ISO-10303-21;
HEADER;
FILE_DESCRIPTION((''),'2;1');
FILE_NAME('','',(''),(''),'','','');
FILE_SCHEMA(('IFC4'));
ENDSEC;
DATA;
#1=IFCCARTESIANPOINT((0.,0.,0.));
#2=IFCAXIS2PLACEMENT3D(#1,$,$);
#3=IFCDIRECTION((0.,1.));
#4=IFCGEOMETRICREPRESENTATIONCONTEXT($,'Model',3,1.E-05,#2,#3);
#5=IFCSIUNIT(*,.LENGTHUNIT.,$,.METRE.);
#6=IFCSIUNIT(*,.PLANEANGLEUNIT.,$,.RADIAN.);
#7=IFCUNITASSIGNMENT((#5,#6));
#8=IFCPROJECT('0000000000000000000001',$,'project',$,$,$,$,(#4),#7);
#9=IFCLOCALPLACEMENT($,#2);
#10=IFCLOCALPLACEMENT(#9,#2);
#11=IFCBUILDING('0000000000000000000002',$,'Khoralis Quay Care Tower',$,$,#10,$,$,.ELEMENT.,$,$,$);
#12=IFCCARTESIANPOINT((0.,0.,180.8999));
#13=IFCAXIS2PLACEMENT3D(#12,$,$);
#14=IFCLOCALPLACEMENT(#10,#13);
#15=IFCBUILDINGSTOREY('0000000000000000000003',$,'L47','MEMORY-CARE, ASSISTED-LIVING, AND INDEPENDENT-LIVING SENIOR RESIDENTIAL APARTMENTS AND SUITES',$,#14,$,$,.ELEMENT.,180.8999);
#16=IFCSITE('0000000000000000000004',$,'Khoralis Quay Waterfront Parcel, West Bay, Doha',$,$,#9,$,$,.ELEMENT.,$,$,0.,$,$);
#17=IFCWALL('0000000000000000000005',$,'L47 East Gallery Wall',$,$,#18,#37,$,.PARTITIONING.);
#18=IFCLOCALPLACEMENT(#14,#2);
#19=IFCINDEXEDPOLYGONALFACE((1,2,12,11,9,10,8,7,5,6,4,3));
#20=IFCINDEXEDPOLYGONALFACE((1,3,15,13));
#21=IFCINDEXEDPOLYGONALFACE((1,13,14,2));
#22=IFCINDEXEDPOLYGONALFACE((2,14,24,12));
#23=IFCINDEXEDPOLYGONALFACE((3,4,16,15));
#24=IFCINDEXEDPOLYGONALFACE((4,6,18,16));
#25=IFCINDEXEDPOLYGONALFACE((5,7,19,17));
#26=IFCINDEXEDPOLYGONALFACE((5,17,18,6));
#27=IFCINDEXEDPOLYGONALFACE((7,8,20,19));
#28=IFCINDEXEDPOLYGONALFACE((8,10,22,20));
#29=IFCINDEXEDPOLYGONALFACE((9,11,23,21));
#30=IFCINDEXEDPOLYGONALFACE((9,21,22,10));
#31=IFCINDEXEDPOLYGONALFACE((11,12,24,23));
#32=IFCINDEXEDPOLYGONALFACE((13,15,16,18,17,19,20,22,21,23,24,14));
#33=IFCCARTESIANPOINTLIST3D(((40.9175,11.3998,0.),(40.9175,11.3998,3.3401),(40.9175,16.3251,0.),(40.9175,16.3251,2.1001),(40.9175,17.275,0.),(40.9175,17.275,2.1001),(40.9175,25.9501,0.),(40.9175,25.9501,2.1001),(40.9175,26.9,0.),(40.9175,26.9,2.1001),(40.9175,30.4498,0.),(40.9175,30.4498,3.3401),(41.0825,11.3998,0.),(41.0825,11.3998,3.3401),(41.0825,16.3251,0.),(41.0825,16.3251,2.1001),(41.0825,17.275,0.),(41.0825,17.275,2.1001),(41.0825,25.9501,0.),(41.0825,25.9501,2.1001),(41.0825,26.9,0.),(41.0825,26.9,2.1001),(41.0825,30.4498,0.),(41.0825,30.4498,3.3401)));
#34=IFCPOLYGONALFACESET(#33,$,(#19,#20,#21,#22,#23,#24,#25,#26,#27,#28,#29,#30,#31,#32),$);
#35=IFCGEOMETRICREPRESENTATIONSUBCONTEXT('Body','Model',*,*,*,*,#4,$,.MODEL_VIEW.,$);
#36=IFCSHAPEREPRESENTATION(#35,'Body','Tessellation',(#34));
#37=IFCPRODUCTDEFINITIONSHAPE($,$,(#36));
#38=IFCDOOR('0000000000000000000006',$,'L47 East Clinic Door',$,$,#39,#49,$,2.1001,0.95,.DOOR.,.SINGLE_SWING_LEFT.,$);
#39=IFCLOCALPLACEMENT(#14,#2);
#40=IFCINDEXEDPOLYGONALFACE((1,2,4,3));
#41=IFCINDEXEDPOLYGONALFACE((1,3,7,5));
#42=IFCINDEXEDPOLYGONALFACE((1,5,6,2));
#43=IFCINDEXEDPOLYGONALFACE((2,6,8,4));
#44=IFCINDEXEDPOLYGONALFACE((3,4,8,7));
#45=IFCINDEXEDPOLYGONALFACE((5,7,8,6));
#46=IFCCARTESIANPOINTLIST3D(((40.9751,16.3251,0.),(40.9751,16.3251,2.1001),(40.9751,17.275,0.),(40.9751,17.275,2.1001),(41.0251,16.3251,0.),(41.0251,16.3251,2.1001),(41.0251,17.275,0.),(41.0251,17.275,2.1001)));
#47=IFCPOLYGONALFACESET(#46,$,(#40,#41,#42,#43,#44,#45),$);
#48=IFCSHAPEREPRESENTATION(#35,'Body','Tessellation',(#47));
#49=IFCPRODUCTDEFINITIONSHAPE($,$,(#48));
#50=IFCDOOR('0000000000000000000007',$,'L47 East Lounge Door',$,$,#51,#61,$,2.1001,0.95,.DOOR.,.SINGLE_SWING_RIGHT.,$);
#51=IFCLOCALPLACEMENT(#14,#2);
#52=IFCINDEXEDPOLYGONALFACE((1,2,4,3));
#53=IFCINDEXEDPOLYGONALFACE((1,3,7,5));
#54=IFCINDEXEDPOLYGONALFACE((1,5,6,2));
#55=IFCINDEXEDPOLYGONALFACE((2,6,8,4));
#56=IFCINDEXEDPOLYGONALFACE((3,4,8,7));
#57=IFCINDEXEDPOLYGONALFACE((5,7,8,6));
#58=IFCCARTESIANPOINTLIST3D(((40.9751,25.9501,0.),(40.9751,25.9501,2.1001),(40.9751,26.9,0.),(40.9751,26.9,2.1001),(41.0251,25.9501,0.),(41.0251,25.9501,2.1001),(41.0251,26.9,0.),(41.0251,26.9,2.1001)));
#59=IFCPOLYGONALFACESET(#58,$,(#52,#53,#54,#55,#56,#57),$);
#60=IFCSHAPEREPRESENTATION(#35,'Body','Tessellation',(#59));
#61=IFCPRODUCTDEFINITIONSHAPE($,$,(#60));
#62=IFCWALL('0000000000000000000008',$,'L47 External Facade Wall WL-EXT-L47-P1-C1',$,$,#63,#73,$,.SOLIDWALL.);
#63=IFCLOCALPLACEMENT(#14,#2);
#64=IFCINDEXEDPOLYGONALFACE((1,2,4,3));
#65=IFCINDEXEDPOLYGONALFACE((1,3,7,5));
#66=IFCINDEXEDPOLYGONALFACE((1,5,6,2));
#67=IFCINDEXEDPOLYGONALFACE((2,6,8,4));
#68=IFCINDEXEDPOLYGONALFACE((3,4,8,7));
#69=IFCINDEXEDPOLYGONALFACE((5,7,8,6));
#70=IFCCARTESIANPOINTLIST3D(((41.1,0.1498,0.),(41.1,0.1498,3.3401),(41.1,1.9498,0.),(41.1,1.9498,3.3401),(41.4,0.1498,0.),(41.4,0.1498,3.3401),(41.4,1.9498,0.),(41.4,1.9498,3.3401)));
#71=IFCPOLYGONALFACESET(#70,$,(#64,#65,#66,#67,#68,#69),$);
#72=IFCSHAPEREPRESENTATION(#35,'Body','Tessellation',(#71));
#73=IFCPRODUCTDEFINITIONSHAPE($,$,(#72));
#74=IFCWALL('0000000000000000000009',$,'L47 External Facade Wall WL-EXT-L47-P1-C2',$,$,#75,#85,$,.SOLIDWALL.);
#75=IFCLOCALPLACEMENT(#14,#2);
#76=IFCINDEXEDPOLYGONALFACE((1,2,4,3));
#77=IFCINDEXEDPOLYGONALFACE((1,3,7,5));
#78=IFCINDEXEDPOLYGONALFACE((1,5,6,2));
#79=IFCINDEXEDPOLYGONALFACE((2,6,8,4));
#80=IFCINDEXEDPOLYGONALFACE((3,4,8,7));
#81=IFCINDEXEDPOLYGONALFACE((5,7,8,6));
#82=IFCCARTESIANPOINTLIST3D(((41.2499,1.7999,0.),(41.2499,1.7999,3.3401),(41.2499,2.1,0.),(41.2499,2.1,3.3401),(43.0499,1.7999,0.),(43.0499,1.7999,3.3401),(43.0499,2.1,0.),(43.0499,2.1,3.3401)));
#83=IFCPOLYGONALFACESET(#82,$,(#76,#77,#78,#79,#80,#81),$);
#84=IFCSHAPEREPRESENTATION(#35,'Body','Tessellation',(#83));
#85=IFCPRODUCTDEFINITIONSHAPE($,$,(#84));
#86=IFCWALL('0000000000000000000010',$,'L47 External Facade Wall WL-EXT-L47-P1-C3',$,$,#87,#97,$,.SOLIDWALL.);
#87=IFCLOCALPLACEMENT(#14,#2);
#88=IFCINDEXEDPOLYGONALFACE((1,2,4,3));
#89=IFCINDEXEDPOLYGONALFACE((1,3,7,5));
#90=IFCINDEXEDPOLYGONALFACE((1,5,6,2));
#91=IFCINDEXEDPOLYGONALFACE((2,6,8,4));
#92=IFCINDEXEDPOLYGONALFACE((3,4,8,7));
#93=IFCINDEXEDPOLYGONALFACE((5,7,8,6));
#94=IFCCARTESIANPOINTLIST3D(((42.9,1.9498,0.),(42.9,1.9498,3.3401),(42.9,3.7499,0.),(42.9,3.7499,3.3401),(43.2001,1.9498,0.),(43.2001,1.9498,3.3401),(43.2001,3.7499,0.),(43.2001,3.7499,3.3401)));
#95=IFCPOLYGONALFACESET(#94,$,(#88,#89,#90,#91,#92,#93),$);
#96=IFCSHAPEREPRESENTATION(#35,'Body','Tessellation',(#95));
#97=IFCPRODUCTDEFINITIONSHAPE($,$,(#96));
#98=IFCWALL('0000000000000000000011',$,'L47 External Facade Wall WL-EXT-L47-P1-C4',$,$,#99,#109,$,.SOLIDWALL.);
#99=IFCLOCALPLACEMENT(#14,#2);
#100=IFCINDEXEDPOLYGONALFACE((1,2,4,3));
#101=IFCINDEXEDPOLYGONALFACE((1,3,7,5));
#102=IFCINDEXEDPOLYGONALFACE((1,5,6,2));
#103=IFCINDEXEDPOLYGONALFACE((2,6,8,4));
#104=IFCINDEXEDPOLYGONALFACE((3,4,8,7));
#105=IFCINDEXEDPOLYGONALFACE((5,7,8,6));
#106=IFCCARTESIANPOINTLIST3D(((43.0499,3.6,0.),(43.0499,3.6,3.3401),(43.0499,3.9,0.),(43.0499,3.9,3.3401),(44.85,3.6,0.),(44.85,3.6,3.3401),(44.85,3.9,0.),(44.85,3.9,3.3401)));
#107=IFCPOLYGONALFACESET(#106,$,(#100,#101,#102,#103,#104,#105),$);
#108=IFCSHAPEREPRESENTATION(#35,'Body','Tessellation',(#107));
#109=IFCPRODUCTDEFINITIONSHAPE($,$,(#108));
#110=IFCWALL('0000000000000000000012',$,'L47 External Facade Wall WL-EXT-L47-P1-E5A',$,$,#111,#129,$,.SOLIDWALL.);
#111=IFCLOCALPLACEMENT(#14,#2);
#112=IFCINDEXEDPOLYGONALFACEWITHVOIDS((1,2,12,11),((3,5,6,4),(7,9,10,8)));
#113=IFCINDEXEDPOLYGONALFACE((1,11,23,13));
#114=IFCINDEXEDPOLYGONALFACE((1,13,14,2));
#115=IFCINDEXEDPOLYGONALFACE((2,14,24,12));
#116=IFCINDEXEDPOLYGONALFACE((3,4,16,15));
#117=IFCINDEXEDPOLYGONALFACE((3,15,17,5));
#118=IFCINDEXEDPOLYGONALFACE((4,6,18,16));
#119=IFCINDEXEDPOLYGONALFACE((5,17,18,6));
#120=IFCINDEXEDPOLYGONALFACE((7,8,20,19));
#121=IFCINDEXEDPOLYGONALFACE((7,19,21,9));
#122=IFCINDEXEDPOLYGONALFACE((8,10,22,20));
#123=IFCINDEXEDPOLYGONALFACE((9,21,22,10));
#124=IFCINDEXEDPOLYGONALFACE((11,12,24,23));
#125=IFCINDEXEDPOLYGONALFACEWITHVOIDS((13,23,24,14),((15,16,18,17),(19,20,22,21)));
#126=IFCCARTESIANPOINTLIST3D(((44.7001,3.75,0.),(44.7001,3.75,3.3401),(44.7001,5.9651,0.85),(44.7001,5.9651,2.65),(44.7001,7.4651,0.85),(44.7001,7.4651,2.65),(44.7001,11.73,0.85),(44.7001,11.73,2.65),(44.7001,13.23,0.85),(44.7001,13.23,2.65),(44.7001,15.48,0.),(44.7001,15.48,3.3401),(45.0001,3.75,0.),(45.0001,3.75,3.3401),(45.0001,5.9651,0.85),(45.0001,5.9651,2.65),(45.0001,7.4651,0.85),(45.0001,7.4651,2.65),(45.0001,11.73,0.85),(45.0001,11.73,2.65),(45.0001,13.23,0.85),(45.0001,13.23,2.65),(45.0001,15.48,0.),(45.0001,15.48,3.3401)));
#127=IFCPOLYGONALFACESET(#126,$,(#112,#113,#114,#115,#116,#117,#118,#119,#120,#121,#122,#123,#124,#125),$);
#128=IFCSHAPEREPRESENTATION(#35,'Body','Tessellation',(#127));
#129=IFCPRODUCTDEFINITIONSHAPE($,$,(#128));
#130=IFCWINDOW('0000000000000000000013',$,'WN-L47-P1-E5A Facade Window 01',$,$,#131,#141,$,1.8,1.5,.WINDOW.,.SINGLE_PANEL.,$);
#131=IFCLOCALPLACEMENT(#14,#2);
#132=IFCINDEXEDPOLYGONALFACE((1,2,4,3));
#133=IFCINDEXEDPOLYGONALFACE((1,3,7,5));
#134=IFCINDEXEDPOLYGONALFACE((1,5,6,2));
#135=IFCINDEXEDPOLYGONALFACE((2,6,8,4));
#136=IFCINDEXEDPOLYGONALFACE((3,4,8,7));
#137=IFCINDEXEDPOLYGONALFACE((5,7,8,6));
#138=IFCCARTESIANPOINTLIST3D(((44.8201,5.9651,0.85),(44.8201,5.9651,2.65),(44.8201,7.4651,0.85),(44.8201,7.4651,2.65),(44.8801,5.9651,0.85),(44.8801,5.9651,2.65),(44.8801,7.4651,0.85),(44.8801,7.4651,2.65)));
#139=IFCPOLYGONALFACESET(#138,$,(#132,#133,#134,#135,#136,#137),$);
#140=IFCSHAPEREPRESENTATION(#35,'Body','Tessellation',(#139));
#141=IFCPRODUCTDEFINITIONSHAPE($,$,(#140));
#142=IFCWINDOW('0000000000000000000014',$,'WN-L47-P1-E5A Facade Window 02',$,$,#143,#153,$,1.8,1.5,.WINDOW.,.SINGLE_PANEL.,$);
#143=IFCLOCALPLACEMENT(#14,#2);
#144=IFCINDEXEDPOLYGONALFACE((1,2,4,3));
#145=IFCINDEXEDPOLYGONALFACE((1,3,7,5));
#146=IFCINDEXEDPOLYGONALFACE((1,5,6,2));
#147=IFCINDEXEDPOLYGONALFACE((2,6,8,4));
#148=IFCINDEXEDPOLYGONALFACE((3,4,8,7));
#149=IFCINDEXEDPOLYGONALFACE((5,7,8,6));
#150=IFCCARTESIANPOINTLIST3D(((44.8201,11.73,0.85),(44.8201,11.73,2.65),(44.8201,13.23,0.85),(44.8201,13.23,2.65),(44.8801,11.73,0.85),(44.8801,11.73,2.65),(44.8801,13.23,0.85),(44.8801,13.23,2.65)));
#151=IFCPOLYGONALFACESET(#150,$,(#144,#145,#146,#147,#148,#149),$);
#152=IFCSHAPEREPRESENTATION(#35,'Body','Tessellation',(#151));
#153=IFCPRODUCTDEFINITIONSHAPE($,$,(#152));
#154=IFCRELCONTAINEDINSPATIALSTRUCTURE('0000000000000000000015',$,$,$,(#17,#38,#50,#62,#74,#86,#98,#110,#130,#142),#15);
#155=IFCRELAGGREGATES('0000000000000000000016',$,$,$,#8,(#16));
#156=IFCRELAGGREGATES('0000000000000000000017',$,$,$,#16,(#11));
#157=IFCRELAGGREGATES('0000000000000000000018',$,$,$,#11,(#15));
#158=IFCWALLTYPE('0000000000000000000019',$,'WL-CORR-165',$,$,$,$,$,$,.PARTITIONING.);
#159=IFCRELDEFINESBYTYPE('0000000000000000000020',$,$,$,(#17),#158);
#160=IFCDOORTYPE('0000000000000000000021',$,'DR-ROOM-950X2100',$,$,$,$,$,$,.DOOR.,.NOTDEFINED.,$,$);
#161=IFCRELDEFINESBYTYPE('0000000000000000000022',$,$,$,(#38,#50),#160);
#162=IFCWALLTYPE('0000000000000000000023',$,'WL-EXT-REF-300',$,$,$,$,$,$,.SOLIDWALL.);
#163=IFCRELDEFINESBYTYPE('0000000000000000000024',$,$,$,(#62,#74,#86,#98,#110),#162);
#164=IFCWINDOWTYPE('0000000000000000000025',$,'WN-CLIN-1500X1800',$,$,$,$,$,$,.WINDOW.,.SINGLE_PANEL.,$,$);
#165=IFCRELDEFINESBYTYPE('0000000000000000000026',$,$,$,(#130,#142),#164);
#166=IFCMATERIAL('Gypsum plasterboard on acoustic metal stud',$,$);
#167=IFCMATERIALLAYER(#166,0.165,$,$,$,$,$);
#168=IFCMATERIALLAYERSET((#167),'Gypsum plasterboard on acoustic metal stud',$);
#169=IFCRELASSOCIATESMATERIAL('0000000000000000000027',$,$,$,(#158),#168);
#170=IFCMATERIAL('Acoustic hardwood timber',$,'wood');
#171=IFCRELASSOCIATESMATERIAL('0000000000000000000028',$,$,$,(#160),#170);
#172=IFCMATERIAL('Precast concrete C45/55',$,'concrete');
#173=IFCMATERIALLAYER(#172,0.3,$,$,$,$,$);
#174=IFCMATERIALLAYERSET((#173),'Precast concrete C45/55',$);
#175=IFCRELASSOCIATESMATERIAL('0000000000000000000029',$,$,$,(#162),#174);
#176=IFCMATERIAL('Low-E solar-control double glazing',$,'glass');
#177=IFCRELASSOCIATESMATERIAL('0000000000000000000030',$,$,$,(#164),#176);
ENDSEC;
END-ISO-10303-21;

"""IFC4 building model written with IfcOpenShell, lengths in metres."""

from ifc_helpers import new_model, si_unit, direction, frame, frame_2d, origin, place, context, subcontext, project, spatial, rectangle, extrude, source, transform, mapped, material, layer, layer_set, type_object, element, fill, save


model = new_model("IFC4")

# Units and contexts
model_context = context("Model", 3, precision=1e-05, world=origin(), true_north=direction((0.0, 1.0)))
body_context = subcontext(model_context, "Body", "Model", "MODEL_VIEW")
ifc_project = project(units=[si_unit("LENGTHUNIT", "METRE"), si_unit("PLANEANGLEUNIT", "RADIAN")], contexts=[model_context])

# Site, building, storey
site_placement = place(None, origin())
site = spatial("IfcSite", under=ifc_project, at=site_placement, Name="Khoralis Quay Waterfront Parcel, West Bay, Doha", CompositionType="ELEMENT", RefElevation=0.0)
building_placement = place(site_placement, origin())
building = spatial("IfcBuilding", under=site, at=building_placement, Name="Khoralis Quay Care Tower", CompositionType="ELEMENT")
storey_placement = place(building_placement, frame((0.0, 0.0, 180.8999)))
storey = spatial("IfcBuildingStorey", under=building, at=storey_placement, Name="L47", Description="MEMORY-CARE, ASSISTED-LIVING, AND INDEPENDENT-LIVING SENIOR RESIDENTIAL APARTMENTS AND SUITES", CompositionType="ELEMENT", Elevation=180.8999)

# Shared definitions
ifc_material_1 = material(Name="Gypsum plasterboard on acoustic metal stud")

# Wall, openings, doors
ifc_layer_1 = layer(ifc_material_1, 0.165)
ifc_layer_set_1 = layer_set([ifc_layer_1], Name="Gypsum plasterboard on acoustic metal stud")
wall_type_1 = type_object("IfcWallType", Name="WL-CORR-165", PredefinedType="PARTITIONING", material=ifc_layer_set_1)
wall_1_placement = place(storey_placement, frame((41.0, 11.3999, 0.0), z_axis=(0.0, 0.0, 1.0), x_axis=(0.0, 1.0, 0.0)))
wall_1 = element("IfcWall", 1, at=wall_1_placement, inside=storey, type_object=wall_type_1, Name="L47 East Gallery Wall", PredefinedType="PARTITIONING", context=body_context, shape_type="SweptSolid", body=[
    extrude(rectangle(XDim=19.05, YDim=0.165, at=frame_2d((9.5249, 0.0))), origin(), (0.0, 0.0, 1.0), 3.3401),
])
opening_1_placement = place(wall_1_placement, frame((4.925, 0.0, 0.0)))
opening_1 = element("IfcOpeningElement", 2, at=opening_1_placement, cuts=wall_1, PredefinedType="OPENING", context=body_context, shape_type="SweptSolid", body=[
    extrude(rectangle(XDim=0.95, YDim=2.1001, at=frame_2d((0.4751, 1.05))), frame((0.0, 0.0925, 0.0), z_axis=(0.0, -1.0, 0.0), x_axis=(1.0, 0.0, 0.0)), (0.0, 0.0, 1.0), 0.1851),
])
opening_2_placement = place(wall_1_placement, frame((14.55, 0.0, 0.0)))
opening_2 = element("IfcOpeningElement", 3, at=opening_2_placement, cuts=wall_1, PredefinedType="OPENING", context=body_context, shape_type="SweptSolid", body=[
    extrude(rectangle(XDim=0.95, YDim=2.1001, at=frame_2d((0.4751, 1.05))), frame((0.0, 0.0925, 0.0), z_axis=(0.0, -1.0, 0.0), x_axis=(1.0, 0.0, 0.0)), (0.0, 0.0, 1.0), 0.1851),
])
ifc_material_2 = material(Name="Acoustic hardwood timber", Category="wood")
door_type_1 = type_object("IfcDoorType", Name="DR-ROOM-950X2100", OperationType="NOTDEFINED", PredefinedType="DOOR", material=ifc_material_2)
shared_shape_1 = source(origin(), body_context, "Body", "SweptSolid", [
    extrude(rectangle(XDim=0.95, YDim=2.1001, at=frame_2d((0.4751, 1.05))), frame((0.0, 0.0249, 0.0), z_axis=(0.0, -1.0, 0.0), x_axis=(1.0, 0.0, 0.0)), (0.0, 0.0, 1.0), 0.05),
])
door_1_placement = place(opening_1_placement, origin())
door_1 = element("IfcDoor", 4, at=door_1_placement, inside=storey, type_object=door_type_1, Name="L47 East Clinic Door", OperationType="SINGLE_SWING_LEFT", OverallHeight=2.1001, OverallWidth=0.95, PredefinedType="DOOR", context=body_context, shape_type="MappedRepresentation", body=[
    mapped(shared_shape_1, transform((0.0, 0.0, 0.0), scale=1.0)),
])
fill(opening_1, door_1)
door_2_placement = place(opening_2_placement, origin())
door_2 = element("IfcDoor", 5, at=door_2_placement, inside=storey, type_object=door_type_1, Name="L47 East Lounge Door", OperationType="SINGLE_SWING_RIGHT", OverallHeight=2.1001, OverallWidth=0.95, PredefinedType="DOOR", context=body_context, shape_type="MappedRepresentation", body=[
    mapped(shared_shape_1, transform((0.0, 0.0, 0.0), scale=1.0)),
])
fill(opening_2, door_2)

# Walls
ifc_material_3 = material(Name="Precast concrete C45/55", Category="concrete")
ifc_layer_2 = layer(ifc_material_3, 0.3)
ifc_layer_set_2 = layer_set([ifc_layer_2], Name="Precast concrete C45/55")
wall_type_2 = type_object("IfcWallType", Name="WL-EXT-REF-300", PredefinedType="SOLIDWALL", material=ifc_layer_set_2)
for number, where, z_axis, x_axis, name in (
    (6, (41.25, 0.1499, 0.0), (0.0, 0.0, 1.0), (0.0, 1.0, 0.0), "L47 External Facade Wall WL-EXT-L47-P1-C1"),
    (7, (41.25, 1.95, 0.0), (0.0, 0.0, 1.0), (1.0, 0.0, 0.0), "L47 External Facade Wall WL-EXT-L47-P1-C2"),
    (8, (43.05, 1.95, 0.0), (0.0, 0.0, 1.0), (0.0, 1.0, 0.0), "L47 External Facade Wall WL-EXT-L47-P1-C3"),
    (9, (43.05, 3.75, 0.0), (0.0, 0.0, 1.0), (1.0, 0.0, 0.0), "L47 External Facade Wall WL-EXT-L47-P1-C4"),
):
    element("IfcWall", number, at=place(storey_placement, frame(where, z_axis=z_axis, x_axis=x_axis)), inside=storey, type_object=wall_type_2, Name=name, PredefinedType="SOLIDWALL", context=body_context, shape_type="SweptSolid", body=[
        extrude(rectangle(XDim=1.8, YDim=0.3, at=frame_2d((0.8999, 0.0))), origin(), (0.0, 0.0, 1.0), 3.3401),
    ])

# Wall, openings, windows
wall_2_placement = place(storey_placement, frame((44.8501, 3.75, 0.0), z_axis=(0.0, 0.0, 1.0), x_axis=(0.0, 1.0, 0.0)))
wall_2 = element("IfcWall", 10, at=wall_2_placement, inside=storey, type_object=wall_type_2, Name="L47 External Facade Wall WL-EXT-L47-P1-E5A", PredefinedType="SOLIDWALL", context=body_context, shape_type="SweptSolid", body=[
    extrude(rectangle(XDim=11.73, YDim=0.3, at=frame_2d((5.865, 0.0))), origin(), (0.0, 0.0, 1.0), 3.3401),
])
opening_3_placement = place(wall_2_placement, frame((2.2151, 0.0, 0.8501)))
opening_3 = element("IfcOpeningElement", 11, at=opening_3_placement, cuts=wall_2, PredefinedType="OPENING", context=body_context, shape_type="SweptSolid", body=[
    extrude(rectangle(XDim=1.5, YDim=1.8, at=frame_2d((0.75, 0.8999))), frame((0.0, 0.1602, 0.0), z_axis=(0.0, -1.0, 0.0), x_axis=(1.0, 0.0, 0.0)), (0.0, 0.0, 1.0), 0.3201),
])
opening_4_placement = place(wall_2_placement, frame((7.98, 0.0, 0.8501)))
opening_4 = element("IfcOpeningElement", 12, at=opening_4_placement, cuts=wall_2, PredefinedType="OPENING", context=body_context, shape_type="SweptSolid", body=[
    extrude(rectangle(XDim=1.5, YDim=1.8, at=frame_2d((0.75, 0.8999))), frame((0.0, 0.1602, 0.0), z_axis=(0.0, -1.0, 0.0), x_axis=(1.0, 0.0, 0.0)), (0.0, 0.0, 1.0), 0.3201),
])
ifc_material_4 = material(Name="Low-E solar-control double glazing", Category="glass")
window_type = type_object("IfcWindowType", Name="WN-CLIN-1500X1800", PartitioningType="SINGLE_PANEL", PredefinedType="WINDOW", material=ifc_material_4)
shared_shape_2 = source(origin(), body_context, "Body", "SweptSolid", [
    extrude(rectangle(XDim=1.5, YDim=1.8, at=frame_2d((0.75, 0.8999))), frame((0.0, 0.03, 0.0), z_axis=(0.0, -1.0, 0.0), x_axis=(1.0, 0.0, 0.0)), (0.0, 0.0, 1.0), 0.0601),
])
window_1_placement = place(opening_3_placement, origin())
window_1 = element("IfcWindow", 13, at=window_1_placement, inside=storey, type_object=window_type, Name="WN-L47-P1-E5A Facade Window 01", OverallHeight=1.8, OverallWidth=1.5, PartitioningType="SINGLE_PANEL", PredefinedType="WINDOW", context=body_context, shape_type="MappedRepresentation", body=[
    mapped(shared_shape_2, transform((0.0, 0.0, 0.0), scale=1.0)),
])
fill(opening_3, window_1)
window_2_placement = place(opening_4_placement, origin())
window_2 = element("IfcWindow", 14, at=window_2_placement, inside=storey, type_object=window_type, Name="WN-L47-P1-E5A Facade Window 02", OverallHeight=1.8, OverallWidth=1.5, PartitioningType="SINGLE_PANEL", PredefinedType="WINDOW", context=body_context, shape_type="MappedRepresentation", body=[
    mapped(shared_shape_2, transform((0.0, 0.0, 0.0), scale=1.0)),
])
fill(opening_4, window_2)

save(model, "model.ifc")
